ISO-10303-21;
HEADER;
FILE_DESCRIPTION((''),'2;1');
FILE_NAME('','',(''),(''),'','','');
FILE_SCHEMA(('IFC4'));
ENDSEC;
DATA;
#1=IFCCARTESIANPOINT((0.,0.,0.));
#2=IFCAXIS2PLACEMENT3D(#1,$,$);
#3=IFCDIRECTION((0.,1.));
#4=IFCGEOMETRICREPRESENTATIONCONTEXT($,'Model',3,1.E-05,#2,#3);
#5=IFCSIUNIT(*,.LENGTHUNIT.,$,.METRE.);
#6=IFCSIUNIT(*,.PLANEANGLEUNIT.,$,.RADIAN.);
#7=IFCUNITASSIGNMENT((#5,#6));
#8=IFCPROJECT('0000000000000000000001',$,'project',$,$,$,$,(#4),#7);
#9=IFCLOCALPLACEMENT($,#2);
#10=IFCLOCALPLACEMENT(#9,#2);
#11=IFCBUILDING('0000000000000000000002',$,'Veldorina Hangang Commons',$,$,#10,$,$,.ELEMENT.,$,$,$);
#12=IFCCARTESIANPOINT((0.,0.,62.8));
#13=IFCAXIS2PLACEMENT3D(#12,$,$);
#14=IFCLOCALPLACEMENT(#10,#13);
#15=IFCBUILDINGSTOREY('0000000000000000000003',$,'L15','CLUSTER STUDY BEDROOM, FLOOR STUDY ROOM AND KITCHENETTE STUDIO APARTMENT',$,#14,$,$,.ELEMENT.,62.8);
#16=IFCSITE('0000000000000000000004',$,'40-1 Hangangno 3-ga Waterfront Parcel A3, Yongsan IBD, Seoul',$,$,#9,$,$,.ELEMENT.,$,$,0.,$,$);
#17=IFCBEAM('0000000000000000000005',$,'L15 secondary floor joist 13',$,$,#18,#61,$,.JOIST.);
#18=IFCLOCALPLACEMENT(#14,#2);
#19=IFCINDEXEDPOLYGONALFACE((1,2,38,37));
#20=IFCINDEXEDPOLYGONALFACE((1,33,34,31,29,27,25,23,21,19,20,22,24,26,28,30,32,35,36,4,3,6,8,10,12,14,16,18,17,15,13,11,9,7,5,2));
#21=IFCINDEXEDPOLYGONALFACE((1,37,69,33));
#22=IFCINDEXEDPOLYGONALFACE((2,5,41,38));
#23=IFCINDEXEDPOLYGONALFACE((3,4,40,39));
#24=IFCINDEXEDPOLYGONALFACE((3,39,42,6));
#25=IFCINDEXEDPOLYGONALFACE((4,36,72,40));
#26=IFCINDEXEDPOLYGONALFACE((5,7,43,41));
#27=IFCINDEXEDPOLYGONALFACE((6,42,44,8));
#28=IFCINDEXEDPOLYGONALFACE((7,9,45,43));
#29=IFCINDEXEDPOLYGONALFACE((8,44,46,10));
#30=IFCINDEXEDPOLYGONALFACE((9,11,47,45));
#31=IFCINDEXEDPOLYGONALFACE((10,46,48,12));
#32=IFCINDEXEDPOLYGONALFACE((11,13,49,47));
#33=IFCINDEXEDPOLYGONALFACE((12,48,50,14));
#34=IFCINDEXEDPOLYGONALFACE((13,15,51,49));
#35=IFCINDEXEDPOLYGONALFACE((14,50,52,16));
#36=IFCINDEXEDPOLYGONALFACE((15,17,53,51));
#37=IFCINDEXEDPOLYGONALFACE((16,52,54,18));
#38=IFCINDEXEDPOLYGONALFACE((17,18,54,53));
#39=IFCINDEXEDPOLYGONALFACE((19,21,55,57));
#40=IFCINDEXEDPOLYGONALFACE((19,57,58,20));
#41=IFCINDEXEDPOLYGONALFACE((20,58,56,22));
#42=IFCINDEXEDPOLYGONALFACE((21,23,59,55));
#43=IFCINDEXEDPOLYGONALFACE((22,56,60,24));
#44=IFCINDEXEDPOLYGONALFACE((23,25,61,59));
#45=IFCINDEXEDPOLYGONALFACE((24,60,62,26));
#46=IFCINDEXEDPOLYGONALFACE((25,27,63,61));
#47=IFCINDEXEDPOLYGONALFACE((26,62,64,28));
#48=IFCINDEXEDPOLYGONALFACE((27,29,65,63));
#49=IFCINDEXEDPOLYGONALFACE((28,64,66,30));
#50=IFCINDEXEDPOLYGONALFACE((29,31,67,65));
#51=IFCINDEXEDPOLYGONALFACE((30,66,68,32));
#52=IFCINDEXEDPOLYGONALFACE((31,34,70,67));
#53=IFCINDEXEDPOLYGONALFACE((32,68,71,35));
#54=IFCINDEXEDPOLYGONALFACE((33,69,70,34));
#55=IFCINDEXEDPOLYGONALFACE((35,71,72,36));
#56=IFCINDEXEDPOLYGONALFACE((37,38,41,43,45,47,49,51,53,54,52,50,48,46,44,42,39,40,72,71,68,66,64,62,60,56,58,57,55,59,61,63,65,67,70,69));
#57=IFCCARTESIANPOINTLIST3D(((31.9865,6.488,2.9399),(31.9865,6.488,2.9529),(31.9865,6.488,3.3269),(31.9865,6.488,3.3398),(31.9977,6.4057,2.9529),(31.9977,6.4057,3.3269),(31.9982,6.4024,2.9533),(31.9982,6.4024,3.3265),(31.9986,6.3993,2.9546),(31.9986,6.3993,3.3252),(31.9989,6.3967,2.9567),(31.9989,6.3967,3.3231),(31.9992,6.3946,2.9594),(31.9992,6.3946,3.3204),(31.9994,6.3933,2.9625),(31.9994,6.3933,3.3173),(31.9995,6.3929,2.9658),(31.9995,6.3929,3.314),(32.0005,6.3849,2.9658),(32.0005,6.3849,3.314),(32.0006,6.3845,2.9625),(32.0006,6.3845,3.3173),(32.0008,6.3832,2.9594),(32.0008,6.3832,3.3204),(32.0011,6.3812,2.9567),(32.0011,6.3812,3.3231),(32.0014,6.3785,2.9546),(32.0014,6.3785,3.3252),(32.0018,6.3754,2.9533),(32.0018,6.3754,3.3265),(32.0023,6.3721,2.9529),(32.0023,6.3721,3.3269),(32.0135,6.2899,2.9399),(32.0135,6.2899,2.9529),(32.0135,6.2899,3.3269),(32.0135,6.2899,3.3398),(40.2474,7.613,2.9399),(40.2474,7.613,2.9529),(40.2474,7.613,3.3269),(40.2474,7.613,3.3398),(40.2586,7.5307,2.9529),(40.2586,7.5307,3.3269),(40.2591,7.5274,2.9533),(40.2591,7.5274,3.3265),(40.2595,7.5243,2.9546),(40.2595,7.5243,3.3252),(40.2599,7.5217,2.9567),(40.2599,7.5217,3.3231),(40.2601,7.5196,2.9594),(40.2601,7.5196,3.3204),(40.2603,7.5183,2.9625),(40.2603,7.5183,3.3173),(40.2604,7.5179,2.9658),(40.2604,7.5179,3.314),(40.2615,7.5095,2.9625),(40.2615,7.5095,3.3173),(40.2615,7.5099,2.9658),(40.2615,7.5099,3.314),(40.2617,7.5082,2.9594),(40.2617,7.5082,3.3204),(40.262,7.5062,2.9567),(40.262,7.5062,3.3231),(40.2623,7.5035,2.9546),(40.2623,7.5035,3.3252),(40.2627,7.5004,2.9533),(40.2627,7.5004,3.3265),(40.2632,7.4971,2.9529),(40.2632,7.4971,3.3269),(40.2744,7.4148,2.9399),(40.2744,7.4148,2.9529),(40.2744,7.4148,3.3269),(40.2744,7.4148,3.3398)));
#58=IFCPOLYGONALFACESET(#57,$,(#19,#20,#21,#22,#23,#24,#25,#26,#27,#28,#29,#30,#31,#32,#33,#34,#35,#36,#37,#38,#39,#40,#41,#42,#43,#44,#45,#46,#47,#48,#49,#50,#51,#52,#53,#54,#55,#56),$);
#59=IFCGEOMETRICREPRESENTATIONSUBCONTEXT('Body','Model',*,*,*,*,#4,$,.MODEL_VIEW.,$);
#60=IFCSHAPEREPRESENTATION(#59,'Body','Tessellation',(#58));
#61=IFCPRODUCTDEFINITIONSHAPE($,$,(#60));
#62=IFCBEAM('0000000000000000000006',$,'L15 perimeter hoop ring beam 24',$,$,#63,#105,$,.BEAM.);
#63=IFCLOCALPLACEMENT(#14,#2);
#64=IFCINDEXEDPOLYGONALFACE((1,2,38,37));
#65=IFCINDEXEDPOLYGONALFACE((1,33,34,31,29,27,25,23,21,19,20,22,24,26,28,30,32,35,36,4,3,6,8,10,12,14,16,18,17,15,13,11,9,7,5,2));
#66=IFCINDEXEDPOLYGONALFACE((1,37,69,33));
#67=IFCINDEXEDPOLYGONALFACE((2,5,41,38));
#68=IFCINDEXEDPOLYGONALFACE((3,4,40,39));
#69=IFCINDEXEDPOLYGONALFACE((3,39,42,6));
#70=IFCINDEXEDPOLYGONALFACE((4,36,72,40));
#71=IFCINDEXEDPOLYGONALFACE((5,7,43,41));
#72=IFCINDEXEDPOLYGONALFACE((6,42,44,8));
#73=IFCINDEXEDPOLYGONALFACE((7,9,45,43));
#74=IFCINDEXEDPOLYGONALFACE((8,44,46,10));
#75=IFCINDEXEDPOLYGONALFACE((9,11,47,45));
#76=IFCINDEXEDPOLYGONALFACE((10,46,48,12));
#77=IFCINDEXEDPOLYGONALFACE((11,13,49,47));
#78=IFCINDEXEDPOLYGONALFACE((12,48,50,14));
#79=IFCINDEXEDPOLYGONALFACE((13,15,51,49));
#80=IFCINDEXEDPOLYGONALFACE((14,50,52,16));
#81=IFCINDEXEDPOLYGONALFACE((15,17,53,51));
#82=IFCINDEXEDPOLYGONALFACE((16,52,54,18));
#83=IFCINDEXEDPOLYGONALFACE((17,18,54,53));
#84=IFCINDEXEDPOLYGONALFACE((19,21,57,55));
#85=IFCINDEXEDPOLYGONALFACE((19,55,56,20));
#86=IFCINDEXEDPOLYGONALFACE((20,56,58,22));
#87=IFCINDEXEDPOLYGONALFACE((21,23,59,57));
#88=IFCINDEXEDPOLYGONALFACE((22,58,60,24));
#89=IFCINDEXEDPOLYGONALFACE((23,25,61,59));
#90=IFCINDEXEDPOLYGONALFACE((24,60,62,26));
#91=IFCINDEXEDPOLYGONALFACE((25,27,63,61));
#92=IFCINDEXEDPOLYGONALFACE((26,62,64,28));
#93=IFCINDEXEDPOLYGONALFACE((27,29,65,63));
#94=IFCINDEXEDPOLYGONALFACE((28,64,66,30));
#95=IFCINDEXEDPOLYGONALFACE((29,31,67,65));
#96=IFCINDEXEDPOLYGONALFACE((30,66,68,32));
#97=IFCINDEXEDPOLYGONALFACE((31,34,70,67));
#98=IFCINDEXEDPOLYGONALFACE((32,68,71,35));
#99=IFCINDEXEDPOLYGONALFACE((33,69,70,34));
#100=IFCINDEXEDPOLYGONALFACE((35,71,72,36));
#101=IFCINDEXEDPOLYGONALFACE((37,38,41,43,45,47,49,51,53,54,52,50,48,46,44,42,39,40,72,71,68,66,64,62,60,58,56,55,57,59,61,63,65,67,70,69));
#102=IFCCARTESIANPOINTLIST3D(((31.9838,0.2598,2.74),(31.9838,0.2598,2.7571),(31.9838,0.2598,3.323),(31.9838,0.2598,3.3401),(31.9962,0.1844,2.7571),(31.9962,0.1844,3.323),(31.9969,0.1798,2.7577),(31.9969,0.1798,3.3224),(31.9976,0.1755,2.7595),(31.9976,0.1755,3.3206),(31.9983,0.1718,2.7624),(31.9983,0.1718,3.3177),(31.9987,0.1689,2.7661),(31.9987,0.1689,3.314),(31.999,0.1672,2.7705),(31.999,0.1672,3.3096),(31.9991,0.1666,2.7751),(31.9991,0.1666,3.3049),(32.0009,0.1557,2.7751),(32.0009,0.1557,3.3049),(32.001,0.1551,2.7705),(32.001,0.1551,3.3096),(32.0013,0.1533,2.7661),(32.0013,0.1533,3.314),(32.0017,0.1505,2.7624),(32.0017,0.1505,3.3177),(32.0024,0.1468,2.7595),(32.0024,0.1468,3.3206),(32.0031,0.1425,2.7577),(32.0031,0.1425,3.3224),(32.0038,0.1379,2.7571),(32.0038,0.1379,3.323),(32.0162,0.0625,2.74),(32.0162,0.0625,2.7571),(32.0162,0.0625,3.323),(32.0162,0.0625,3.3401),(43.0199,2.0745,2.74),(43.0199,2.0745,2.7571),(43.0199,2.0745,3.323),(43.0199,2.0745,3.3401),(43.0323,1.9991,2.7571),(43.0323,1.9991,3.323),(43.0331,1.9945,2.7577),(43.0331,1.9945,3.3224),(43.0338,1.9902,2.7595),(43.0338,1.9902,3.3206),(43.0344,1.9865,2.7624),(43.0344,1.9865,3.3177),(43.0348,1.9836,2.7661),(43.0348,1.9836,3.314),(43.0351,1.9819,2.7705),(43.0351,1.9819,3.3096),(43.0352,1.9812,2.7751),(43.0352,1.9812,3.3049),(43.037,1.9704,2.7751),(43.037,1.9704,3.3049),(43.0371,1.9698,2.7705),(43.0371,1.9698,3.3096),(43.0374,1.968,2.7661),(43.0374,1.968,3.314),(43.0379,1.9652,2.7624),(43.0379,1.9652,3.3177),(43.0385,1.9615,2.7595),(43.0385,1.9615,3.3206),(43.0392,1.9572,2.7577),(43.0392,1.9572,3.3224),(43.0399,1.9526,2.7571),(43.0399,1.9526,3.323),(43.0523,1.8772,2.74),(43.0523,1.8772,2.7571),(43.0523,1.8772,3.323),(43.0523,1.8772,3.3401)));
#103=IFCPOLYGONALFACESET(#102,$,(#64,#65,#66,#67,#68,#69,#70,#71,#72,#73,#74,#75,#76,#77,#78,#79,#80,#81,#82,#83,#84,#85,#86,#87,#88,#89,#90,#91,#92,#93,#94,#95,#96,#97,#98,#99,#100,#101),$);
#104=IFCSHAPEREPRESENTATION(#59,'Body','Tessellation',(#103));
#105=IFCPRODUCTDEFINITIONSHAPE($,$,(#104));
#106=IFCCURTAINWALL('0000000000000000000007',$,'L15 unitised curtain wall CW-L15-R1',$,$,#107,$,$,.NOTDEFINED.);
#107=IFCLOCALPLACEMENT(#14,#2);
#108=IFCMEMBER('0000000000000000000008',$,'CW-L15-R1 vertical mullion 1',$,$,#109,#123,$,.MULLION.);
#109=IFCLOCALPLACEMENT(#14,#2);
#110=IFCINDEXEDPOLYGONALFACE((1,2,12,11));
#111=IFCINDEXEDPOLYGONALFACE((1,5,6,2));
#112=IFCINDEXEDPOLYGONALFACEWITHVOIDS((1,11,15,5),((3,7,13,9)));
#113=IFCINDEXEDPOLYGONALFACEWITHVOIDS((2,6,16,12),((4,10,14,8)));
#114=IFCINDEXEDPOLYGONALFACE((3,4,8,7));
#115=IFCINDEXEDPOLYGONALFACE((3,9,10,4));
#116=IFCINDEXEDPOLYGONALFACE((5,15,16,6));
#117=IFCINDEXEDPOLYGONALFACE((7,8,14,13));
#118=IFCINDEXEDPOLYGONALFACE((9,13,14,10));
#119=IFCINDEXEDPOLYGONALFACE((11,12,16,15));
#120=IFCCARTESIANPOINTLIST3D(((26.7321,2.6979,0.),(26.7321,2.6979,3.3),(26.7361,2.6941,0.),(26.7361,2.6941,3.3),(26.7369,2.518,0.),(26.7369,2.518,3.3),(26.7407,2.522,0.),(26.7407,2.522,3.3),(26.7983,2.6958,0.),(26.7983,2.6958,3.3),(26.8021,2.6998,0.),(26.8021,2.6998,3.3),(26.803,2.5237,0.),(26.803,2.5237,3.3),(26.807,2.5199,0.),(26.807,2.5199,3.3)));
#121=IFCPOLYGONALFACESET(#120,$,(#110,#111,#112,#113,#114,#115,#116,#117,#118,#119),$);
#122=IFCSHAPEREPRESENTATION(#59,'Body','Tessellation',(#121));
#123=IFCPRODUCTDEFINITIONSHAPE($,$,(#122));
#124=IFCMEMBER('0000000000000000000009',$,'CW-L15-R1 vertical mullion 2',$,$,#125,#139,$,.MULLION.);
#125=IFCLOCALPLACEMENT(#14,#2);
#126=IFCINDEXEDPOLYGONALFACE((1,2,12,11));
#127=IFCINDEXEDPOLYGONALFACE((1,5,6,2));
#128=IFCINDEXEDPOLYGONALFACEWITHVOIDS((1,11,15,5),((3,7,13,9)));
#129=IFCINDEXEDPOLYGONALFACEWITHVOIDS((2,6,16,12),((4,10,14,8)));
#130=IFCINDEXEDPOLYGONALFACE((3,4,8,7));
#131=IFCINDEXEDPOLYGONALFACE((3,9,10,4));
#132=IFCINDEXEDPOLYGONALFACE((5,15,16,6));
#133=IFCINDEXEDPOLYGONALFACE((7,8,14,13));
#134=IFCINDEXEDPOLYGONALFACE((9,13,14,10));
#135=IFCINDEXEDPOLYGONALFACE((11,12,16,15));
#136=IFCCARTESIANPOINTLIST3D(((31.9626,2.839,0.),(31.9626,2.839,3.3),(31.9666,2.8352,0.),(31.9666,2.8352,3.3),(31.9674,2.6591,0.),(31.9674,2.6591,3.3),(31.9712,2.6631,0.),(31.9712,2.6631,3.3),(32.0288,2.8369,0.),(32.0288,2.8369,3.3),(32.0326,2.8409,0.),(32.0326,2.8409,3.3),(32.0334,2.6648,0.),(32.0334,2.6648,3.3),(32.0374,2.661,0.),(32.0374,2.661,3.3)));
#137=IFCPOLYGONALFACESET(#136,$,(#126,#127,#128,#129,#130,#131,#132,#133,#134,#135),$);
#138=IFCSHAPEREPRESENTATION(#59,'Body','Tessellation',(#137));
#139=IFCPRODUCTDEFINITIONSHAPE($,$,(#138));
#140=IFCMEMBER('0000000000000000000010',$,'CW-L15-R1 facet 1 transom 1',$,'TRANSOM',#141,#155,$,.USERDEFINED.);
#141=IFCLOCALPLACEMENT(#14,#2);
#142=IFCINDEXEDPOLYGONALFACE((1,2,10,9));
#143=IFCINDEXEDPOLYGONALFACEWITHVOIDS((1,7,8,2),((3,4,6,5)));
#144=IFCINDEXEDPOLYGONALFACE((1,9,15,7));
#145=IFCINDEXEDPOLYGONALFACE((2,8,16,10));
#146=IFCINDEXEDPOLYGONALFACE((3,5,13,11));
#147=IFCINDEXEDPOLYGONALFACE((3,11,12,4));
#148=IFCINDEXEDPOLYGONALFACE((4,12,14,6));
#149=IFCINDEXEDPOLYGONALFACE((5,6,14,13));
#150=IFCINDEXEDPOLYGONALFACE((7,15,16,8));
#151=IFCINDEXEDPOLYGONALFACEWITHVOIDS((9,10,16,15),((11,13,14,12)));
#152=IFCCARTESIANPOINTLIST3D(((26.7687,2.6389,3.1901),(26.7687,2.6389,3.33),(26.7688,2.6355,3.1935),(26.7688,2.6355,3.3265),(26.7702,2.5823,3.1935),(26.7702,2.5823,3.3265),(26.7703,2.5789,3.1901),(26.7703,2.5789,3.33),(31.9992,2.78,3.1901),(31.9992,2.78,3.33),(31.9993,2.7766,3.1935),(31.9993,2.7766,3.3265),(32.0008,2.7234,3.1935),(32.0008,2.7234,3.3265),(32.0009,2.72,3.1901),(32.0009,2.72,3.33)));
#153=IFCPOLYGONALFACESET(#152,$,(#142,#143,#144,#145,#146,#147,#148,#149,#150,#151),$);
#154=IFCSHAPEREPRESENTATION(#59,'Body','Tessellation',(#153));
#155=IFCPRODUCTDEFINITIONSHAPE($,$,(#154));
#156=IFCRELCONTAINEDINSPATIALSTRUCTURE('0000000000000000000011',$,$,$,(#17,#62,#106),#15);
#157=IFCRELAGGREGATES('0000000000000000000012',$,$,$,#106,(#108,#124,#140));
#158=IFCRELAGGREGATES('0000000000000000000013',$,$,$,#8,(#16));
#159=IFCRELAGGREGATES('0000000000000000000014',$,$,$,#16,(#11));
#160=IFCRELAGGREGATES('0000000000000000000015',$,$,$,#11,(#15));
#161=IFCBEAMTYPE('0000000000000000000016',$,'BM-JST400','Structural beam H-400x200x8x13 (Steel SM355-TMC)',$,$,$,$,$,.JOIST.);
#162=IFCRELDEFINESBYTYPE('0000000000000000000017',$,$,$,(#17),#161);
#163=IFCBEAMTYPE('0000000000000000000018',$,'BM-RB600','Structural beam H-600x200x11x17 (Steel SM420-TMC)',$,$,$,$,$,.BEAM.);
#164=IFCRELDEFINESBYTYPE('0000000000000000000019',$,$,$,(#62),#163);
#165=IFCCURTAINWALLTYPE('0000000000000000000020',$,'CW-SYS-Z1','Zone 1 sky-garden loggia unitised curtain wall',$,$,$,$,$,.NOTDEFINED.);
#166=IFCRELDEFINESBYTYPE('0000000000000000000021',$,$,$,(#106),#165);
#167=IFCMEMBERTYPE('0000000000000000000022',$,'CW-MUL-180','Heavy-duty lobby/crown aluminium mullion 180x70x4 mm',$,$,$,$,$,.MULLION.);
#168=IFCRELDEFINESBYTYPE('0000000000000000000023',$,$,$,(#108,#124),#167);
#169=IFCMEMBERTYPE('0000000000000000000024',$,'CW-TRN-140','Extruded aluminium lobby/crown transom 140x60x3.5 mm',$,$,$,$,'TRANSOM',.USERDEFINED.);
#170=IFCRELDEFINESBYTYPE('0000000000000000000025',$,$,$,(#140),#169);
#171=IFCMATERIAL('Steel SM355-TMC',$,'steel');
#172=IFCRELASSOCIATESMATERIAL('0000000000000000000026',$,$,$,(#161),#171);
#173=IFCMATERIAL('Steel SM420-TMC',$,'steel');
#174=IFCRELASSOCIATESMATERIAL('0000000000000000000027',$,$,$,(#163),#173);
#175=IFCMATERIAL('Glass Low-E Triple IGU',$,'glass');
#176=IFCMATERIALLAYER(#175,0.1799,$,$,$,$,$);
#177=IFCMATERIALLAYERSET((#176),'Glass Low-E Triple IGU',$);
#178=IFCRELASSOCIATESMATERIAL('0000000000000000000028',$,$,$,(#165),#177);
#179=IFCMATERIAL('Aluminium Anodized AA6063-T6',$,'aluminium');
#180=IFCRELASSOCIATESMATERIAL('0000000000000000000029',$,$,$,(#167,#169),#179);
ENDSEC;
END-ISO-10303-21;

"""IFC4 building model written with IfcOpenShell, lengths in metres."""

from ifc_helpers import new_model, si_unit, direction, frame, origin, origin_2d, place, context, subcontext, project, spatial, hollow_rectangle, i_section, extrude, material, layer, layer_set, material_profile, profile_set, type_object, element, aggregate, save


model = new_model("IFC4")

# Units and contexts
model_context = context("Model", 3, precision=1e-05, world=origin(), true_north=direction((0.0, 1.0)))
body_context = subcontext(model_context, "Body", "Model", "MODEL_VIEW")
ifc_project = project(units=[si_unit("LENGTHUNIT", "METRE"), si_unit("PLANEANGLEUNIT", "RADIAN")], contexts=[model_context])

# Site, building, storey
site_placement = place(None, origin())
site = spatial("IfcSite", under=ifc_project, at=site_placement, Name="40-1 Hangangno 3-ga Waterfront Parcel A3, Yongsan IBD, Seoul", CompositionType="ELEMENT", RefElevation=0.0)
building_placement = place(site_placement, origin())
building = spatial("IfcBuilding", under=site, at=building_placement, Name="Veldorina Hangang Commons", CompositionType="ELEMENT")
storey_placement = place(building_placement, frame((0.0, 0.0, 62.8)))
storey = spatial("IfcBuildingStorey", under=building, at=storey_placement, Name="L15", Description="CLUSTER STUDY BEDROOM, FLOOR STUDY ROOM AND KITCHENETTE STUDIO APARTMENT", CompositionType="ELEMENT", Elevation=62.8)

# Beams
ifc_material_1 = material(Name="Steel SM355-TMC", Category="steel")
ifc_material_profile_1 = material_profile(ifc_material_1, i_section(OverallWidth=0.2, OverallDepth=0.3999, WebThickness=0.0081, FlangeThickness=0.0129, FilletRadius=0.0129, at=origin_2d()), Name="H-400x200x8x13")
ifc_profile_set_1 = profile_set([ifc_material_profile_1], Name="Steel SM355-TMC")
beam_type_1 = type_object("IfcBeamType", Name="BM-JST400", Description="Structural beam H-400x200x8x13 (Steel SM355-TMC)", PredefinedType="JOIST", material=ifc_profile_set_1)
beam_1_placement = place(storey_placement, frame((32.0, 6.3889, 3.1399), z_axis=(0.990854, 0.134937, 0.0), x_axis=(-0.134937, 0.990854, 0.0)))
element("IfcBeam", 1, at=beam_1_placement, inside=storey, type_object=beam_type_1, Name="L15 secondary floor joist 13", PredefinedType="JOIST", context=body_context, shape_type="SweptSolid", body=[
    extrude(i_section(OverallWidth=0.2, OverallDepth=0.3999, WebThickness=0.0081, FlangeThickness=0.0129, FilletRadius=0.0129, at=origin_2d()), origin(), (0.0, 0.0, 1.0), 8.3372),
])
ifc_material_2 = material(Name="Steel SM420-TMC", Category="steel")
ifc_material_profile_2 = material_profile(ifc_material_2, i_section(OverallWidth=0.2, OverallDepth=0.6001, WebThickness=0.011, FlangeThickness=0.0171, FilletRadius=0.0181, at=origin_2d()), Name="H-600x200x11x17")
ifc_profile_set_2 = profile_set([ifc_material_profile_2], Name="Steel SM420-TMC")
beam_type_2 = type_object("IfcBeamType", Name="BM-RB600", Description="Structural beam H-600x200x11x17 (Steel SM420-TMC)", PredefinedType="BEAM", material=ifc_profile_set_2)
beam_2_placement = place(storey_placement, frame((32.0, 0.1611, 3.04), z_axis=(0.986749, 0.162253, 0.0), x_axis=(-0.162253, 0.986749, 0.0)))
element("IfcBeam", 2, at=beam_2_placement, inside=storey, type_object=beam_type_2, Name="L15 perimeter hoop ring beam 24", PredefinedType="BEAM", context=body_context, shape_type="SweptSolid", body=[
    extrude(i_section(OverallWidth=0.2, OverallDepth=0.6001, WebThickness=0.011, FlangeThickness=0.0171, FilletRadius=0.0181, at=origin_2d()), origin(), (0.0, 0.0, 1.0), 11.1843),
])

# Curtain wall, members
ifc_material_3 = material(Name="Glass Low-E Triple IGU", Category="glass")
ifc_layer_1 = layer(ifc_material_3, 0.1799)
ifc_layer_set_1 = layer_set([ifc_layer_1], Name="Glass Low-E Triple IGU")
curtain_wall_type = type_object("IfcCurtainWallType", Name="CW-SYS-Z1", Description="Zone 1 sky-garden loggia unitised curtain wall", PredefinedType="NOTDEFINED", material=ifc_layer_set_1)
curtain_wall_placement = place(storey_placement, origin())
curtain_wall = element("IfcCurtainWall", 3, at=curtain_wall_placement, inside=storey, type_object=curtain_wall_type, Name="L15 unitised curtain wall CW-L15-R1", PredefinedType="NOTDEFINED")
ifc_material_4 = material(Name="Aluminium Anodized AA6063-T6", Category="aluminium")
ifc_material_profile_3 = material_profile(ifc_material_4, hollow_rectangle(XDim=0.0701, YDim=0.1799, WallThickness=0.0039, at=origin_2d()), Name="ALU-RHS-180x70x4")
ifc_profile_set_3 = profile_set([ifc_material_profile_3], Name="Aluminium Anodized AA6063-T6")
member_type_1 = type_object("IfcMemberType", Name="CW-MUL-180", Description="Heavy-duty lobby/crown aluminium mullion 180x70x4 mm", PredefinedType="MULLION", material=ifc_profile_set_3)
member_1_placement = place(storey_placement, frame((26.7695, 2.6089, 0.0), z_axis=(0.0, 0.0, 1.0), x_axis=(0.999637, 0.026927, 0.0)))
member_1 = element("IfcMember", 4, at=member_1_placement, type_object=member_type_1, Name="CW-L15-R1 vertical mullion 1", PredefinedType="MULLION", context=body_context, shape_type="SweptSolid", body=[
    extrude(hollow_rectangle(XDim=0.0701, YDim=0.1799, WallThickness=0.0039, at=origin_2d()), origin(), (0.0, 0.0, 1.0), 3.3),
])
member_2_placement = place(storey_placement, frame((32.0, 2.75, 0.0), z_axis=(0.0, 0.0, 1.0), x_axis=(-0.999637, -0.026927, 0.0)))
member_2 = element("IfcMember", 5, at=member_2_placement, type_object=member_type_1, Name="CW-L15-R1 vertical mullion 2", PredefinedType="MULLION", context=body_context, shape_type="SweptSolid", body=[
    extrude(hollow_rectangle(XDim=0.0701, YDim=0.1799, WallThickness=0.0039, at=origin_2d()), origin(), (0.0, 0.0, 1.0), 3.3),
])
ifc_material_profile_4 = material_profile(ifc_material_4, hollow_rectangle(XDim=0.0601, YDim=0.1399, WallThickness=0.0034, at=origin_2d()), Name="ALU-RHS-140x60x3.5")
ifc_profile_set_4 = profile_set([ifc_material_profile_4], Name="Aluminium Anodized AA6063-T6")
member_type_2 = type_object("IfcMemberType", Name="CW-TRN-140", Description="Extruded aluminium lobby/crown transom 140x60x3.5 mm", ElementType="TRANSOM", PredefinedType="USERDEFINED", material=ifc_profile_set_4)
member_3_placement = place(storey_placement, frame((26.7695, 2.6089, 3.26), z_axis=(0.999636, 0.026969, 0.0), x_axis=(-0.026969, 0.999636, 0.0)))
member_3 = element("IfcMember", 6, at=member_3_placement, type_object=member_type_2, Name="CW-L15-R1 facet 1 transom 1", ObjectType="TRANSOM", PredefinedType="USERDEFINED", context=body_context, shape_type="SweptSolid", body=[
    extrude(hollow_rectangle(XDim=0.0601, YDim=0.1399, WallThickness=0.0034, at=origin_2d()), origin(), (0.0, 0.0, 1.0), 5.2324),
])

aggregate(curtain_wall, [member_1, member_2, member_3])

save(model, "model.ifc")
